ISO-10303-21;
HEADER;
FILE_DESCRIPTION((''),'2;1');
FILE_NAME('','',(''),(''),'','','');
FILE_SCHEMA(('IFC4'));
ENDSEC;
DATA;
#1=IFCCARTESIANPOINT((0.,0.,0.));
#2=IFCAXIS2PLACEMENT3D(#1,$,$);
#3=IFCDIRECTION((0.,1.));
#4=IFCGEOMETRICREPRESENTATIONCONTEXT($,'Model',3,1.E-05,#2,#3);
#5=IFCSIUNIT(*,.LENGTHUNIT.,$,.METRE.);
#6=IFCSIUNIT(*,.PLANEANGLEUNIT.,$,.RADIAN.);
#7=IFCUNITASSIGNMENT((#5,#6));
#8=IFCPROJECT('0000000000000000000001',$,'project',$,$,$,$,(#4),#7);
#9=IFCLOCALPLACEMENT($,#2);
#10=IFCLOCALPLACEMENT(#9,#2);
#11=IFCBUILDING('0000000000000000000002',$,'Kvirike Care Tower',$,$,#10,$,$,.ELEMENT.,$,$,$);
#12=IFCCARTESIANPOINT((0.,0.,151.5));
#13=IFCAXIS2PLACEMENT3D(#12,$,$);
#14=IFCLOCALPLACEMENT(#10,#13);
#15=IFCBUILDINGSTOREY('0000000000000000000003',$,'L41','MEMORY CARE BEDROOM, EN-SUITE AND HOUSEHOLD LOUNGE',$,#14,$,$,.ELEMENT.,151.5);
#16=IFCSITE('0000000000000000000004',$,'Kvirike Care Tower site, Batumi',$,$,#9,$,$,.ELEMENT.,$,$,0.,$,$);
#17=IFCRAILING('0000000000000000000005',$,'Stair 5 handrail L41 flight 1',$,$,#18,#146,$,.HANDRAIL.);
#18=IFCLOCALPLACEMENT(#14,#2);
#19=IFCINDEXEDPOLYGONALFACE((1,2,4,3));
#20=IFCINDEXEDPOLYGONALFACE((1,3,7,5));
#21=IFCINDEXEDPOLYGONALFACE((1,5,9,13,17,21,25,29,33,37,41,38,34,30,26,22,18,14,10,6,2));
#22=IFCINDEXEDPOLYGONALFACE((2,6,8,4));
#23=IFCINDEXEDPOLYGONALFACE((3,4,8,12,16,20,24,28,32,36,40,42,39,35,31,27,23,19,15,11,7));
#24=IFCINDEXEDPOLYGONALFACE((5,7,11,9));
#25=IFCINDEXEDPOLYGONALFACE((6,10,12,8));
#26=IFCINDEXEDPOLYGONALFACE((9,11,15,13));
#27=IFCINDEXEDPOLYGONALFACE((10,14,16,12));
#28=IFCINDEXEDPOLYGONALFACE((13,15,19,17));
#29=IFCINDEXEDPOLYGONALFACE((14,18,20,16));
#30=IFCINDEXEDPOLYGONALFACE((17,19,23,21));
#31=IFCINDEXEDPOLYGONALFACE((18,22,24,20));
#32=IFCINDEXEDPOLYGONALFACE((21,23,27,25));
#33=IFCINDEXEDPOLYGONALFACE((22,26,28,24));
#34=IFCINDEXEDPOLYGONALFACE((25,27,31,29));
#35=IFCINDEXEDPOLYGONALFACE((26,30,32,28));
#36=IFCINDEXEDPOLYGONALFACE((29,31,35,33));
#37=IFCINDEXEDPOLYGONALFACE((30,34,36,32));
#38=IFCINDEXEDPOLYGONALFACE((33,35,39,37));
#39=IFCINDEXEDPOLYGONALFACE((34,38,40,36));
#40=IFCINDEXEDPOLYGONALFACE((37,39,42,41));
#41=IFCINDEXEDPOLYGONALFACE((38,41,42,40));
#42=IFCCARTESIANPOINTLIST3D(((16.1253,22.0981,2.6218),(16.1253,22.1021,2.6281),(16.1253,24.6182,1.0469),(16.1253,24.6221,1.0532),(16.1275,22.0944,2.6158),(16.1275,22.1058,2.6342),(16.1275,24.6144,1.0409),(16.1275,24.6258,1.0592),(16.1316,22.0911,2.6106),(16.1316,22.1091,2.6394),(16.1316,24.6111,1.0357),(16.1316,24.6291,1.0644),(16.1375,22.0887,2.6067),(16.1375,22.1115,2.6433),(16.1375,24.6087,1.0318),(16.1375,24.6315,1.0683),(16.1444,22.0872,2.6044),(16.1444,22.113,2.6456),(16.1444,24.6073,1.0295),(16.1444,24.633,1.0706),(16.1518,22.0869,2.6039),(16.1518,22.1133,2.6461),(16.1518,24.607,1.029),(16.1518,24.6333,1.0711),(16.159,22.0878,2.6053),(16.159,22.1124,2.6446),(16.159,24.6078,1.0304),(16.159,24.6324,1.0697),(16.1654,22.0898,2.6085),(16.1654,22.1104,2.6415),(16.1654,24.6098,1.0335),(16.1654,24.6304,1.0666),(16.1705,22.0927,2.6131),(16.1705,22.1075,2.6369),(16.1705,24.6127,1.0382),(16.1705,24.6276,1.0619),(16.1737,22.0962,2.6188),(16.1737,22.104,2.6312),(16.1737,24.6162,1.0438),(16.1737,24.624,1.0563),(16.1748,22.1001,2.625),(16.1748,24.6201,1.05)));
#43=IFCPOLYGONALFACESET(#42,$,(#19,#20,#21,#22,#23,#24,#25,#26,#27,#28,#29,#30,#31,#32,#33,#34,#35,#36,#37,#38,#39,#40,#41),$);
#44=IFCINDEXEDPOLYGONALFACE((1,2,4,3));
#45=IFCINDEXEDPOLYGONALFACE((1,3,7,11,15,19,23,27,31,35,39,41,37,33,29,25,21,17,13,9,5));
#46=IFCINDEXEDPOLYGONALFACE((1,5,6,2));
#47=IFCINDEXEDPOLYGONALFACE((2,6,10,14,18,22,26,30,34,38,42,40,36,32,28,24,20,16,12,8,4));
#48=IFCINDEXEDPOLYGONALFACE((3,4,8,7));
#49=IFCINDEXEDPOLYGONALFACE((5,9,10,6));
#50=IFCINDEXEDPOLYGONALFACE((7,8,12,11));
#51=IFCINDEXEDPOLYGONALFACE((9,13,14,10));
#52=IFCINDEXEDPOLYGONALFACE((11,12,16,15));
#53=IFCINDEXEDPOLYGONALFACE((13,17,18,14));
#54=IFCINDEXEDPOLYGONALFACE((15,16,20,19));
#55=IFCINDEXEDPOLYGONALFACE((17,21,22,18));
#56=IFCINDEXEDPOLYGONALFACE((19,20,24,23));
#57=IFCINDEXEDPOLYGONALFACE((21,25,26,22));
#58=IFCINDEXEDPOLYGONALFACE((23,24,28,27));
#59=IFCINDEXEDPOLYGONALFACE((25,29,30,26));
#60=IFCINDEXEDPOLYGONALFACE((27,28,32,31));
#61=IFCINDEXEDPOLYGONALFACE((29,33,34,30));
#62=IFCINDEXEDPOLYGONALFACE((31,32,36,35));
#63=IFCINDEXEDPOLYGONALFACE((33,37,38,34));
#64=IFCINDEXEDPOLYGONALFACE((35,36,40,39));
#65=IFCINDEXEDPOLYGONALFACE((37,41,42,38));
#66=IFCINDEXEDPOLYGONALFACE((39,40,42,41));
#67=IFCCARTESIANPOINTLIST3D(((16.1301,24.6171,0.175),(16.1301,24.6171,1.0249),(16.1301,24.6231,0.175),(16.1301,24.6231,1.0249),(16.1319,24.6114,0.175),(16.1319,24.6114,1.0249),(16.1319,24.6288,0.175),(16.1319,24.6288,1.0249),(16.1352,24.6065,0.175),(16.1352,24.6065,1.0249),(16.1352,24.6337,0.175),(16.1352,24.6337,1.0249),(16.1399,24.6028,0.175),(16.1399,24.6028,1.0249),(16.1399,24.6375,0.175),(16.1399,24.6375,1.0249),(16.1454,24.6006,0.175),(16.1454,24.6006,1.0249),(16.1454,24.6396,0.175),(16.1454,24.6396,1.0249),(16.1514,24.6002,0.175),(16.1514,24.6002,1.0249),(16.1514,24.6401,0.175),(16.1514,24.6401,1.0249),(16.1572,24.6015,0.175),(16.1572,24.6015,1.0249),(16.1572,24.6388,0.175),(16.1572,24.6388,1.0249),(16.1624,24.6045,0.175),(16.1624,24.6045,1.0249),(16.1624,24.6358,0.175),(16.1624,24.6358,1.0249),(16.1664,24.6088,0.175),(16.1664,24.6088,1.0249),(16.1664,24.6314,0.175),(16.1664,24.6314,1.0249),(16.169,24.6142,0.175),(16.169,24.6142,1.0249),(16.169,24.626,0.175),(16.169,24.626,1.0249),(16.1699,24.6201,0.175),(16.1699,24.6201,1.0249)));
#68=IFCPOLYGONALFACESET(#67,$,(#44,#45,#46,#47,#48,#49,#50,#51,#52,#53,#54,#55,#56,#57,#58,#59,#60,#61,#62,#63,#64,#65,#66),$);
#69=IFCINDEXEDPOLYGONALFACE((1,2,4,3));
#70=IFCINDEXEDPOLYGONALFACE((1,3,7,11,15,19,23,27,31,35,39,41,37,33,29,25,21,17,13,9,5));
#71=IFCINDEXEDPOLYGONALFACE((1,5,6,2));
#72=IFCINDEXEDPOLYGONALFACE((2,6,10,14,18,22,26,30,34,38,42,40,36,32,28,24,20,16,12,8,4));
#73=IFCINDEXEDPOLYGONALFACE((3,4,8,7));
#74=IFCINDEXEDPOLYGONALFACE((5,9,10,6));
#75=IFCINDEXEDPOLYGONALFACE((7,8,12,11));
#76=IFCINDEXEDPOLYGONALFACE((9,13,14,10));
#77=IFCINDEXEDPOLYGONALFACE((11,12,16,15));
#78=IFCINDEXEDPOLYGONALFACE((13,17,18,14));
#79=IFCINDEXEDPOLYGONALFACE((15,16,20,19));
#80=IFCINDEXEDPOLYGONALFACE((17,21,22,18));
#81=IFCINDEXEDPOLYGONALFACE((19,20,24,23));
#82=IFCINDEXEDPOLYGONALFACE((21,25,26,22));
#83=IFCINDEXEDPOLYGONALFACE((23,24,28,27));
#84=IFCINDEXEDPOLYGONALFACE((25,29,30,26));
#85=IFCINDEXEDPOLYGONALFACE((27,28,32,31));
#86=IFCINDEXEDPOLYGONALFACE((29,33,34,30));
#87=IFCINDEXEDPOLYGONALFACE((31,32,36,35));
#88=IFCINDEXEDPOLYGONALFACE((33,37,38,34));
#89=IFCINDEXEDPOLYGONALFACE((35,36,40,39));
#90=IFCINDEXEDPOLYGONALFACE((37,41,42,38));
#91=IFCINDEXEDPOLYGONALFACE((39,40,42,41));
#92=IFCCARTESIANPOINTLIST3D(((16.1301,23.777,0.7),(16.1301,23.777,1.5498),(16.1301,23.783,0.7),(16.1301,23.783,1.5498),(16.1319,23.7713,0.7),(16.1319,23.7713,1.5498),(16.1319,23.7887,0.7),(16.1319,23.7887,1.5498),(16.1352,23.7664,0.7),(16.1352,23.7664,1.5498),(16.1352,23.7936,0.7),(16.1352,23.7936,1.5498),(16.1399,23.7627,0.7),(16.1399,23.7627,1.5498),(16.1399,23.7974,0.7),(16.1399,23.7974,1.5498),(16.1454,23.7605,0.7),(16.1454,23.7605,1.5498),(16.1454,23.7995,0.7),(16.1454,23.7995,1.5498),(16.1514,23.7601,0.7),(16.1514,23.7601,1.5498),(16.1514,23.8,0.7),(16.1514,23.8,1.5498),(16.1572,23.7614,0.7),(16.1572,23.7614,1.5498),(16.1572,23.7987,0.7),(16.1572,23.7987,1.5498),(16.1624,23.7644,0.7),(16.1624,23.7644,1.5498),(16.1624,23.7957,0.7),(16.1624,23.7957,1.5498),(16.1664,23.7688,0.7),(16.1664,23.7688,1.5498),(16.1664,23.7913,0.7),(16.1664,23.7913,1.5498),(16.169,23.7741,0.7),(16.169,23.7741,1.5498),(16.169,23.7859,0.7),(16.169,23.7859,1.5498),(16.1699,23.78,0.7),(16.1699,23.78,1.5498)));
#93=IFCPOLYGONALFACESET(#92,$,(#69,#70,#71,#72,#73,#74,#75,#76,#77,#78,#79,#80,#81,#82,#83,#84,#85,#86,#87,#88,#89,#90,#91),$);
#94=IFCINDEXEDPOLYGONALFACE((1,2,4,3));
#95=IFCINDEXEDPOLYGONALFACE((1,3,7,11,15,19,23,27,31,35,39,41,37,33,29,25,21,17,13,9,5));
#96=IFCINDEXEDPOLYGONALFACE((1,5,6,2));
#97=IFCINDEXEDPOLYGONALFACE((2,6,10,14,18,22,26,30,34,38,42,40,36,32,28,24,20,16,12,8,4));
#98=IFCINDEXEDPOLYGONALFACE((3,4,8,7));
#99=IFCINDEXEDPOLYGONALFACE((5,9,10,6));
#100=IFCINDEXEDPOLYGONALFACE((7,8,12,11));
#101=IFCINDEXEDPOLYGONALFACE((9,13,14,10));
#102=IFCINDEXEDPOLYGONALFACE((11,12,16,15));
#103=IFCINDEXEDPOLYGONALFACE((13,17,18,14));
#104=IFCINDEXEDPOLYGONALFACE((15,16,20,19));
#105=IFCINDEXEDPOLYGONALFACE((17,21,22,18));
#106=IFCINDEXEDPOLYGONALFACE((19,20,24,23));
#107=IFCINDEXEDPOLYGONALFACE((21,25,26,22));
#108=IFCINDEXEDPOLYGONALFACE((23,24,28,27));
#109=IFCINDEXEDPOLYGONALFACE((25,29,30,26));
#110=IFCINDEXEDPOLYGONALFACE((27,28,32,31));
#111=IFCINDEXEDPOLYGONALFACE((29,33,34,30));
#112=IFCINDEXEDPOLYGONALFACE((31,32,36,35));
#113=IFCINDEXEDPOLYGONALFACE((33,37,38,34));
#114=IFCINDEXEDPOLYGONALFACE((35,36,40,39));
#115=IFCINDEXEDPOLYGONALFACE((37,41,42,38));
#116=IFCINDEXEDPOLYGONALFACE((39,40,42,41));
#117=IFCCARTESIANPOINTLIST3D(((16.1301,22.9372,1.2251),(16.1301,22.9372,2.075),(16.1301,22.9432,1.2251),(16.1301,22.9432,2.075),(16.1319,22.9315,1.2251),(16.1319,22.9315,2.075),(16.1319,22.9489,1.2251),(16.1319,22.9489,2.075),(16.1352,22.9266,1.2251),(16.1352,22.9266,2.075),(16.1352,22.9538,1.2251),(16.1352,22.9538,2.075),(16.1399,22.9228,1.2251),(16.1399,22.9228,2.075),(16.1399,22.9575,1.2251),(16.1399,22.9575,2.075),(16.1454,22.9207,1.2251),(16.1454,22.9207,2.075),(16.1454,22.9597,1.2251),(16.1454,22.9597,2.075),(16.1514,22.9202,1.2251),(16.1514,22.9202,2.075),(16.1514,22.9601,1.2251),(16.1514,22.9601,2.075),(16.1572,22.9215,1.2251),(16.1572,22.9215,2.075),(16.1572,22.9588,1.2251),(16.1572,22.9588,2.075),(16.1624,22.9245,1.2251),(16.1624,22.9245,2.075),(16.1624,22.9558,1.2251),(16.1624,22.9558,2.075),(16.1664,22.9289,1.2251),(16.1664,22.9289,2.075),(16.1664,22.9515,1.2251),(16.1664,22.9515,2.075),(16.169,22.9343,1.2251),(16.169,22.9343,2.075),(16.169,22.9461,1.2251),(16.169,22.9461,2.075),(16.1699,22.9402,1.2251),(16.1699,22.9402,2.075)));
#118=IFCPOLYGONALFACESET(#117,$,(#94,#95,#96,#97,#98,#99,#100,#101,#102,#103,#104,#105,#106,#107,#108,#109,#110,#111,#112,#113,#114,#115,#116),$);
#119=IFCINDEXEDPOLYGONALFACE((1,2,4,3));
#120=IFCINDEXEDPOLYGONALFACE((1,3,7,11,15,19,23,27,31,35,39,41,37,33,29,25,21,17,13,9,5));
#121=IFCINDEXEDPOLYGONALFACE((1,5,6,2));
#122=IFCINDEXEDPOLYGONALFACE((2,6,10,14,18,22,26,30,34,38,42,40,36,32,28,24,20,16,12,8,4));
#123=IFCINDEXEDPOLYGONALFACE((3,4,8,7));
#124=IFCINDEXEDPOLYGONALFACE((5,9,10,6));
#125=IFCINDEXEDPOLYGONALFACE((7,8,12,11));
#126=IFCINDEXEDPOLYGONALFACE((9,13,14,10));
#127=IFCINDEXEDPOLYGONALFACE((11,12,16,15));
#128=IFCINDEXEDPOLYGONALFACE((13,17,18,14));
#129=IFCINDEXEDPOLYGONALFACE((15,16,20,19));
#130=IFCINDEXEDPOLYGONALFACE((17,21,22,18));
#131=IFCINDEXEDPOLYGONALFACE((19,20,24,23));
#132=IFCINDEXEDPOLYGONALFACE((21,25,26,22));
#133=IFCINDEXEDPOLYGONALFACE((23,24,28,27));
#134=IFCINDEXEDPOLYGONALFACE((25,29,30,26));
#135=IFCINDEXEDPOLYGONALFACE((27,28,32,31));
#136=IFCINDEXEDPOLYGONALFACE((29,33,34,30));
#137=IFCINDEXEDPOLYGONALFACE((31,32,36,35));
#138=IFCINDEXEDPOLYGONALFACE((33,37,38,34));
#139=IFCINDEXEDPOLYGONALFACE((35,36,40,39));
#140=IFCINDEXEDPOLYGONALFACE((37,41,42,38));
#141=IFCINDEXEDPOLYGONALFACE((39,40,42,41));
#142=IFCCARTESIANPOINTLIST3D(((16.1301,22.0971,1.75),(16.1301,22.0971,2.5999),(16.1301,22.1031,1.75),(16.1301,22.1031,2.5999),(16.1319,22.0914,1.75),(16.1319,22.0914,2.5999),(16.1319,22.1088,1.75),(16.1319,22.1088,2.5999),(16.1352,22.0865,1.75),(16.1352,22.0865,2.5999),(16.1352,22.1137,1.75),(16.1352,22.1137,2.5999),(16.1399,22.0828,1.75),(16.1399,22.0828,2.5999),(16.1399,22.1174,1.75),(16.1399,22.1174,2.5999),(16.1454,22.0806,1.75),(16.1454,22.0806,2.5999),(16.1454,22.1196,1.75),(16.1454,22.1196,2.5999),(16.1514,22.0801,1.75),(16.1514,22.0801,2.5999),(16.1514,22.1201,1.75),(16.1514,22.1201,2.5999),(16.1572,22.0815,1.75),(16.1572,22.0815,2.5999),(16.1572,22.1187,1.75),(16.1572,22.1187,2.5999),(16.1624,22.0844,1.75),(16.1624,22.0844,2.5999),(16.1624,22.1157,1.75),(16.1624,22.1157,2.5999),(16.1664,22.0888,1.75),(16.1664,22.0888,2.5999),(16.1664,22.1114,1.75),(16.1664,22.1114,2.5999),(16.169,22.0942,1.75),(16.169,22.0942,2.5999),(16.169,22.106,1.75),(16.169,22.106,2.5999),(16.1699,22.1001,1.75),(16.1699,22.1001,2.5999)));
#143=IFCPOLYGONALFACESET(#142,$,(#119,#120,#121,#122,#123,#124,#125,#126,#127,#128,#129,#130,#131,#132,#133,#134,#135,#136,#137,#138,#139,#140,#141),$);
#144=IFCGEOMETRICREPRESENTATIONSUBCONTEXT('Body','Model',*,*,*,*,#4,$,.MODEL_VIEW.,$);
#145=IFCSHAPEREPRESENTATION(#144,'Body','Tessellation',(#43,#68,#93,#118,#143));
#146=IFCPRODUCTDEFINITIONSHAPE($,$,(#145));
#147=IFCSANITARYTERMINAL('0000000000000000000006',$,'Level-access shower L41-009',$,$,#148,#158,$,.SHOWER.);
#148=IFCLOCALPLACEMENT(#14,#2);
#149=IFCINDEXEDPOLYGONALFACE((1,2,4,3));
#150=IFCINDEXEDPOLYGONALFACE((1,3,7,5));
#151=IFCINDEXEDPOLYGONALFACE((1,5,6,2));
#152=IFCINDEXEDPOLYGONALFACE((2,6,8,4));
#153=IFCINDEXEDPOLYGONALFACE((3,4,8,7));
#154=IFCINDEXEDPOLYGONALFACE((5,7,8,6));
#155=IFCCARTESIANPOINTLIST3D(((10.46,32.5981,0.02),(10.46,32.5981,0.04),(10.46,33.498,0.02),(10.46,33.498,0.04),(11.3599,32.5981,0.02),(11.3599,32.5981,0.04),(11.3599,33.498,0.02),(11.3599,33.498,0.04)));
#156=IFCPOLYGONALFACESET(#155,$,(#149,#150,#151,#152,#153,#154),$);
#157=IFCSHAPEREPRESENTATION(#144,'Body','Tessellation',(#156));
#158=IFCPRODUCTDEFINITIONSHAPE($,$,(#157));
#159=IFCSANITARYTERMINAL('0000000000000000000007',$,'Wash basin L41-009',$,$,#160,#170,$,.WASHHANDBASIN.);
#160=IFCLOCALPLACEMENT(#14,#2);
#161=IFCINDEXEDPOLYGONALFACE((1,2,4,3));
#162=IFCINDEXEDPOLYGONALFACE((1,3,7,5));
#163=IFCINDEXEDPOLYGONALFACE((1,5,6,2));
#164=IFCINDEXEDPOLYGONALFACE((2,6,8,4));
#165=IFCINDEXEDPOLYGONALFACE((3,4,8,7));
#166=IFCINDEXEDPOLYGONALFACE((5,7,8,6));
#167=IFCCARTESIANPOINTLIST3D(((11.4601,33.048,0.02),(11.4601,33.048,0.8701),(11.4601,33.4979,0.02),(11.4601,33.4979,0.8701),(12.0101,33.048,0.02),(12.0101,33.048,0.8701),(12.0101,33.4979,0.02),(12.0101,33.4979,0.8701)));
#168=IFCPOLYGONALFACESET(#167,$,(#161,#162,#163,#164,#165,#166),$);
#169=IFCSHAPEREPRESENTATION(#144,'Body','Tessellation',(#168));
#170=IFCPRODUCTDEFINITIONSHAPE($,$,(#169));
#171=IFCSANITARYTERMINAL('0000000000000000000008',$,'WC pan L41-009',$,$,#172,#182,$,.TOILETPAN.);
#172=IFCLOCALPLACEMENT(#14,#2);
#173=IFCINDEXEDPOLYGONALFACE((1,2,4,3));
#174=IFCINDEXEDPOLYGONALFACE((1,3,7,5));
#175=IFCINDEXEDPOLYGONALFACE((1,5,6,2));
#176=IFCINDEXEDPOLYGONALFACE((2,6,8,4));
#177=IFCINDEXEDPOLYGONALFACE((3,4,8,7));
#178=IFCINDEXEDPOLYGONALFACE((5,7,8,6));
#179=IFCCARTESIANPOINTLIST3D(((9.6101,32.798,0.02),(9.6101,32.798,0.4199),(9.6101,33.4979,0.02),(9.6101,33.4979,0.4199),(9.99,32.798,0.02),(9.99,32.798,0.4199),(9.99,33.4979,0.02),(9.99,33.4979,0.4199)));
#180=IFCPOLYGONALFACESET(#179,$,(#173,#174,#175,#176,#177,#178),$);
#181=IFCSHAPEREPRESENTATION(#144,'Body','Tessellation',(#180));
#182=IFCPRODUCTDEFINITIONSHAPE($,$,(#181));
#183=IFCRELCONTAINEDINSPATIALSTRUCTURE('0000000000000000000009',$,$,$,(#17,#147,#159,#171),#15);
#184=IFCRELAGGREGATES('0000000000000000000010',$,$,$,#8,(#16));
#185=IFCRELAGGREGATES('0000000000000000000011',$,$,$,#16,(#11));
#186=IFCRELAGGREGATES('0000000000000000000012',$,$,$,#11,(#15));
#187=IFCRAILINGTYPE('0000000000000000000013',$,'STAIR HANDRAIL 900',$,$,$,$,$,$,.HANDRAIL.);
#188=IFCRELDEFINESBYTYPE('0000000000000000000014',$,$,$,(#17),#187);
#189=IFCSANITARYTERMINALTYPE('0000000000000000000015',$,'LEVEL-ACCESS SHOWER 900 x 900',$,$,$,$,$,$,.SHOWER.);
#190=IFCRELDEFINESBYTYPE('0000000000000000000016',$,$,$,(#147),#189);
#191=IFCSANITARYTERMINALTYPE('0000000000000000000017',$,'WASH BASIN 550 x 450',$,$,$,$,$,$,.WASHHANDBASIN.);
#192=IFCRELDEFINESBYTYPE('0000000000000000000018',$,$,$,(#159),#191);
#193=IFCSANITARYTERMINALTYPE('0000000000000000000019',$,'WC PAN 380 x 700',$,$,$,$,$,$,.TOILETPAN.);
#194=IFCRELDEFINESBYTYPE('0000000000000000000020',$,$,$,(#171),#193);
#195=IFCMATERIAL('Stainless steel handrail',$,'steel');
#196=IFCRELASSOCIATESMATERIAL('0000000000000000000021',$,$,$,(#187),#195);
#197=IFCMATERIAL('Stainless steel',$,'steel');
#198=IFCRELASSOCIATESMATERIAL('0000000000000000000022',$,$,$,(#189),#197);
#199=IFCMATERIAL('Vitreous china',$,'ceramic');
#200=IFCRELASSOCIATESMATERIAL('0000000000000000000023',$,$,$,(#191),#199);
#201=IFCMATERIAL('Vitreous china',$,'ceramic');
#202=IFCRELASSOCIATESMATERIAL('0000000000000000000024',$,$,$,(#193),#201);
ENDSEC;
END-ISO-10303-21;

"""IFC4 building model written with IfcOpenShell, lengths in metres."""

from ifc_helpers import new_model, si_unit, direction, frame, origin, origin_2d, place, context, subcontext, project, spatial, rectangle, circle, extrude, material, type_object, element, save


model = new_model("IFC4")

# Units and contexts
model_context = context("Model", 3, precision=1e-05, world=origin(), true_north=direction((0.0, 1.0)))
body_context = subcontext(model_context, "Body", "Model", "MODEL_VIEW")
ifc_project = project(units=[si_unit("LENGTHUNIT", "METRE"), si_unit("PLANEANGLEUNIT", "RADIAN")], contexts=[model_context])

# Site, building, storey
site_placement = place(None, origin())
site = spatial("IfcSite", under=ifc_project, at=site_placement, Name="Kvirike Care Tower site, Batumi", CompositionType="ELEMENT", RefElevation=0.0)
building_placement = place(site_placement, origin())
building = spatial("IfcBuilding", under=site, at=building_placement, Name="Kvirike Care Tower", CompositionType="ELEMENT")
storey_placement = place(building_placement, frame((0.0, 0.0, 151.5)))
storey = spatial("IfcBuildingStorey", under=building, at=storey_placement, Name="L41", Description="MEMORY CARE BEDROOM, EN-SUITE AND HOUSEHOLD LOUNGE", CompositionType="ELEMENT", Elevation=151.5)

# Railing
ifc_material_1 = material(Name="Stainless steel handrail", Category="steel")
railing_type = type_object("IfcRailingType", Name="STAIR HANDRAIL 900", PredefinedType="HANDRAIL", material=ifc_material_1)
railing_placement = place(storey_placement, frame((16.1499, 24.6201, 0.175)))
element("IfcRailing", 1, at=railing_placement, inside=storey, type_object=railing_type, Name="Stair 5 handrail L41 flight 1", PredefinedType="HANDRAIL", context=body_context, shape_type="SweptSolid", body=[
    extrude(circle(Radius=0.0249, at=origin_2d()), frame((0.0, 0.0, 0.875), z_axis=(0.0, -0.848008, 0.529984), x_axis=(1.0, 0.0, 0.0)), (0.0, 0.0, 1.0), 2.9717),
    extrude(circle(Radius=0.02, at=origin_2d()), origin(), (0.0, 0.0, 1.0), 0.8499),
    extrude(circle(Radius=0.02, at=origin_2d()), frame((0.0, -0.8401, 0.5249)), (0.0, 0.0, 1.0), 0.8499),
    extrude(circle(Radius=0.02, at=origin_2d()), frame((0.0, -1.6799, 1.05)), (0.0, 0.0, 1.0), 0.8499),
    extrude(circle(Radius=0.02, at=origin_2d()), frame((0.0, -2.52, 1.575)), (0.0, 0.0, 1.0), 0.8499),
])

# Sanitary terminals
ifc_material_2 = material(Name="Stainless steel", Category="steel")
sanitary_terminal_type_1 = type_object("IfcSanitaryTerminalType", Name="LEVEL-ACCESS SHOWER 900 x 900", PredefinedType="SHOWER", material=ifc_material_2)
sanitary_terminal_1_placement = place(storey_placement, frame((10.9099, 33.0481, 0.02), z_axis=(0.0, 0.0, 1.0), x_axis=(1.0, 0.0, 0.0)))
element("IfcSanitaryTerminal", 2, at=sanitary_terminal_1_placement, inside=storey, type_object=sanitary_terminal_type_1, Name="Level-access shower L41-009", PredefinedType="SHOWER", context=body_context, shape_type="SweptSolid", body=[
    extrude(rectangle(XDim=0.8999, YDim=0.8999, at=origin_2d()), origin(), (0.0, 0.0, 1.0), 0.02),
])
ifc_material_3 = material(Name="Vitreous china", Category="ceramic")
sanitary_terminal_type_2 = type_object("IfcSanitaryTerminalType", Name="WASH BASIN 550 x 450", PredefinedType="WASHHANDBASIN", material=ifc_material_3)
sanitary_terminal_2_placement = place(storey_placement, frame((11.7351, 33.2729, 0.02), z_axis=(0.0, 0.0, 1.0), x_axis=(1.0, 0.0, 0.0)))
element("IfcSanitaryTerminal", 3, at=sanitary_terminal_2_placement, inside=storey, type_object=sanitary_terminal_type_2, Name="Wash basin L41-009", PredefinedType="WASHHANDBASIN", context=body_context, shape_type="SweptSolid", body=[
    extrude(rectangle(XDim=0.55, YDim=0.45, at=origin_2d()), origin(), (0.0, 0.0, 1.0), 0.8501),
])
ifc_material_4 = material(Name="Vitreous china", Category="ceramic")
sanitary_terminal_type_3 = type_object("IfcSanitaryTerminalType", Name="WC PAN 380 x 700", PredefinedType="TOILETPAN", material=ifc_material_4)
sanitary_terminal_3_placement = place(storey_placement, frame((9.8, 33.1479, 0.02), z_axis=(0.0, 0.0, 1.0), x_axis=(1.0, 0.0, 0.0)))
element("IfcSanitaryTerminal", 4, at=sanitary_terminal_3_placement, inside=storey, type_object=sanitary_terminal_type_3, Name="WC pan L41-009", PredefinedType="TOILETPAN", context=body_context, shape_type="SweptSolid", body=[
    extrude(rectangle(XDim=0.3799, YDim=0.7, at=origin_2d()), origin(), (0.0, 0.0, 1.0), 0.3999),
])

save(model, "model.ifc")
